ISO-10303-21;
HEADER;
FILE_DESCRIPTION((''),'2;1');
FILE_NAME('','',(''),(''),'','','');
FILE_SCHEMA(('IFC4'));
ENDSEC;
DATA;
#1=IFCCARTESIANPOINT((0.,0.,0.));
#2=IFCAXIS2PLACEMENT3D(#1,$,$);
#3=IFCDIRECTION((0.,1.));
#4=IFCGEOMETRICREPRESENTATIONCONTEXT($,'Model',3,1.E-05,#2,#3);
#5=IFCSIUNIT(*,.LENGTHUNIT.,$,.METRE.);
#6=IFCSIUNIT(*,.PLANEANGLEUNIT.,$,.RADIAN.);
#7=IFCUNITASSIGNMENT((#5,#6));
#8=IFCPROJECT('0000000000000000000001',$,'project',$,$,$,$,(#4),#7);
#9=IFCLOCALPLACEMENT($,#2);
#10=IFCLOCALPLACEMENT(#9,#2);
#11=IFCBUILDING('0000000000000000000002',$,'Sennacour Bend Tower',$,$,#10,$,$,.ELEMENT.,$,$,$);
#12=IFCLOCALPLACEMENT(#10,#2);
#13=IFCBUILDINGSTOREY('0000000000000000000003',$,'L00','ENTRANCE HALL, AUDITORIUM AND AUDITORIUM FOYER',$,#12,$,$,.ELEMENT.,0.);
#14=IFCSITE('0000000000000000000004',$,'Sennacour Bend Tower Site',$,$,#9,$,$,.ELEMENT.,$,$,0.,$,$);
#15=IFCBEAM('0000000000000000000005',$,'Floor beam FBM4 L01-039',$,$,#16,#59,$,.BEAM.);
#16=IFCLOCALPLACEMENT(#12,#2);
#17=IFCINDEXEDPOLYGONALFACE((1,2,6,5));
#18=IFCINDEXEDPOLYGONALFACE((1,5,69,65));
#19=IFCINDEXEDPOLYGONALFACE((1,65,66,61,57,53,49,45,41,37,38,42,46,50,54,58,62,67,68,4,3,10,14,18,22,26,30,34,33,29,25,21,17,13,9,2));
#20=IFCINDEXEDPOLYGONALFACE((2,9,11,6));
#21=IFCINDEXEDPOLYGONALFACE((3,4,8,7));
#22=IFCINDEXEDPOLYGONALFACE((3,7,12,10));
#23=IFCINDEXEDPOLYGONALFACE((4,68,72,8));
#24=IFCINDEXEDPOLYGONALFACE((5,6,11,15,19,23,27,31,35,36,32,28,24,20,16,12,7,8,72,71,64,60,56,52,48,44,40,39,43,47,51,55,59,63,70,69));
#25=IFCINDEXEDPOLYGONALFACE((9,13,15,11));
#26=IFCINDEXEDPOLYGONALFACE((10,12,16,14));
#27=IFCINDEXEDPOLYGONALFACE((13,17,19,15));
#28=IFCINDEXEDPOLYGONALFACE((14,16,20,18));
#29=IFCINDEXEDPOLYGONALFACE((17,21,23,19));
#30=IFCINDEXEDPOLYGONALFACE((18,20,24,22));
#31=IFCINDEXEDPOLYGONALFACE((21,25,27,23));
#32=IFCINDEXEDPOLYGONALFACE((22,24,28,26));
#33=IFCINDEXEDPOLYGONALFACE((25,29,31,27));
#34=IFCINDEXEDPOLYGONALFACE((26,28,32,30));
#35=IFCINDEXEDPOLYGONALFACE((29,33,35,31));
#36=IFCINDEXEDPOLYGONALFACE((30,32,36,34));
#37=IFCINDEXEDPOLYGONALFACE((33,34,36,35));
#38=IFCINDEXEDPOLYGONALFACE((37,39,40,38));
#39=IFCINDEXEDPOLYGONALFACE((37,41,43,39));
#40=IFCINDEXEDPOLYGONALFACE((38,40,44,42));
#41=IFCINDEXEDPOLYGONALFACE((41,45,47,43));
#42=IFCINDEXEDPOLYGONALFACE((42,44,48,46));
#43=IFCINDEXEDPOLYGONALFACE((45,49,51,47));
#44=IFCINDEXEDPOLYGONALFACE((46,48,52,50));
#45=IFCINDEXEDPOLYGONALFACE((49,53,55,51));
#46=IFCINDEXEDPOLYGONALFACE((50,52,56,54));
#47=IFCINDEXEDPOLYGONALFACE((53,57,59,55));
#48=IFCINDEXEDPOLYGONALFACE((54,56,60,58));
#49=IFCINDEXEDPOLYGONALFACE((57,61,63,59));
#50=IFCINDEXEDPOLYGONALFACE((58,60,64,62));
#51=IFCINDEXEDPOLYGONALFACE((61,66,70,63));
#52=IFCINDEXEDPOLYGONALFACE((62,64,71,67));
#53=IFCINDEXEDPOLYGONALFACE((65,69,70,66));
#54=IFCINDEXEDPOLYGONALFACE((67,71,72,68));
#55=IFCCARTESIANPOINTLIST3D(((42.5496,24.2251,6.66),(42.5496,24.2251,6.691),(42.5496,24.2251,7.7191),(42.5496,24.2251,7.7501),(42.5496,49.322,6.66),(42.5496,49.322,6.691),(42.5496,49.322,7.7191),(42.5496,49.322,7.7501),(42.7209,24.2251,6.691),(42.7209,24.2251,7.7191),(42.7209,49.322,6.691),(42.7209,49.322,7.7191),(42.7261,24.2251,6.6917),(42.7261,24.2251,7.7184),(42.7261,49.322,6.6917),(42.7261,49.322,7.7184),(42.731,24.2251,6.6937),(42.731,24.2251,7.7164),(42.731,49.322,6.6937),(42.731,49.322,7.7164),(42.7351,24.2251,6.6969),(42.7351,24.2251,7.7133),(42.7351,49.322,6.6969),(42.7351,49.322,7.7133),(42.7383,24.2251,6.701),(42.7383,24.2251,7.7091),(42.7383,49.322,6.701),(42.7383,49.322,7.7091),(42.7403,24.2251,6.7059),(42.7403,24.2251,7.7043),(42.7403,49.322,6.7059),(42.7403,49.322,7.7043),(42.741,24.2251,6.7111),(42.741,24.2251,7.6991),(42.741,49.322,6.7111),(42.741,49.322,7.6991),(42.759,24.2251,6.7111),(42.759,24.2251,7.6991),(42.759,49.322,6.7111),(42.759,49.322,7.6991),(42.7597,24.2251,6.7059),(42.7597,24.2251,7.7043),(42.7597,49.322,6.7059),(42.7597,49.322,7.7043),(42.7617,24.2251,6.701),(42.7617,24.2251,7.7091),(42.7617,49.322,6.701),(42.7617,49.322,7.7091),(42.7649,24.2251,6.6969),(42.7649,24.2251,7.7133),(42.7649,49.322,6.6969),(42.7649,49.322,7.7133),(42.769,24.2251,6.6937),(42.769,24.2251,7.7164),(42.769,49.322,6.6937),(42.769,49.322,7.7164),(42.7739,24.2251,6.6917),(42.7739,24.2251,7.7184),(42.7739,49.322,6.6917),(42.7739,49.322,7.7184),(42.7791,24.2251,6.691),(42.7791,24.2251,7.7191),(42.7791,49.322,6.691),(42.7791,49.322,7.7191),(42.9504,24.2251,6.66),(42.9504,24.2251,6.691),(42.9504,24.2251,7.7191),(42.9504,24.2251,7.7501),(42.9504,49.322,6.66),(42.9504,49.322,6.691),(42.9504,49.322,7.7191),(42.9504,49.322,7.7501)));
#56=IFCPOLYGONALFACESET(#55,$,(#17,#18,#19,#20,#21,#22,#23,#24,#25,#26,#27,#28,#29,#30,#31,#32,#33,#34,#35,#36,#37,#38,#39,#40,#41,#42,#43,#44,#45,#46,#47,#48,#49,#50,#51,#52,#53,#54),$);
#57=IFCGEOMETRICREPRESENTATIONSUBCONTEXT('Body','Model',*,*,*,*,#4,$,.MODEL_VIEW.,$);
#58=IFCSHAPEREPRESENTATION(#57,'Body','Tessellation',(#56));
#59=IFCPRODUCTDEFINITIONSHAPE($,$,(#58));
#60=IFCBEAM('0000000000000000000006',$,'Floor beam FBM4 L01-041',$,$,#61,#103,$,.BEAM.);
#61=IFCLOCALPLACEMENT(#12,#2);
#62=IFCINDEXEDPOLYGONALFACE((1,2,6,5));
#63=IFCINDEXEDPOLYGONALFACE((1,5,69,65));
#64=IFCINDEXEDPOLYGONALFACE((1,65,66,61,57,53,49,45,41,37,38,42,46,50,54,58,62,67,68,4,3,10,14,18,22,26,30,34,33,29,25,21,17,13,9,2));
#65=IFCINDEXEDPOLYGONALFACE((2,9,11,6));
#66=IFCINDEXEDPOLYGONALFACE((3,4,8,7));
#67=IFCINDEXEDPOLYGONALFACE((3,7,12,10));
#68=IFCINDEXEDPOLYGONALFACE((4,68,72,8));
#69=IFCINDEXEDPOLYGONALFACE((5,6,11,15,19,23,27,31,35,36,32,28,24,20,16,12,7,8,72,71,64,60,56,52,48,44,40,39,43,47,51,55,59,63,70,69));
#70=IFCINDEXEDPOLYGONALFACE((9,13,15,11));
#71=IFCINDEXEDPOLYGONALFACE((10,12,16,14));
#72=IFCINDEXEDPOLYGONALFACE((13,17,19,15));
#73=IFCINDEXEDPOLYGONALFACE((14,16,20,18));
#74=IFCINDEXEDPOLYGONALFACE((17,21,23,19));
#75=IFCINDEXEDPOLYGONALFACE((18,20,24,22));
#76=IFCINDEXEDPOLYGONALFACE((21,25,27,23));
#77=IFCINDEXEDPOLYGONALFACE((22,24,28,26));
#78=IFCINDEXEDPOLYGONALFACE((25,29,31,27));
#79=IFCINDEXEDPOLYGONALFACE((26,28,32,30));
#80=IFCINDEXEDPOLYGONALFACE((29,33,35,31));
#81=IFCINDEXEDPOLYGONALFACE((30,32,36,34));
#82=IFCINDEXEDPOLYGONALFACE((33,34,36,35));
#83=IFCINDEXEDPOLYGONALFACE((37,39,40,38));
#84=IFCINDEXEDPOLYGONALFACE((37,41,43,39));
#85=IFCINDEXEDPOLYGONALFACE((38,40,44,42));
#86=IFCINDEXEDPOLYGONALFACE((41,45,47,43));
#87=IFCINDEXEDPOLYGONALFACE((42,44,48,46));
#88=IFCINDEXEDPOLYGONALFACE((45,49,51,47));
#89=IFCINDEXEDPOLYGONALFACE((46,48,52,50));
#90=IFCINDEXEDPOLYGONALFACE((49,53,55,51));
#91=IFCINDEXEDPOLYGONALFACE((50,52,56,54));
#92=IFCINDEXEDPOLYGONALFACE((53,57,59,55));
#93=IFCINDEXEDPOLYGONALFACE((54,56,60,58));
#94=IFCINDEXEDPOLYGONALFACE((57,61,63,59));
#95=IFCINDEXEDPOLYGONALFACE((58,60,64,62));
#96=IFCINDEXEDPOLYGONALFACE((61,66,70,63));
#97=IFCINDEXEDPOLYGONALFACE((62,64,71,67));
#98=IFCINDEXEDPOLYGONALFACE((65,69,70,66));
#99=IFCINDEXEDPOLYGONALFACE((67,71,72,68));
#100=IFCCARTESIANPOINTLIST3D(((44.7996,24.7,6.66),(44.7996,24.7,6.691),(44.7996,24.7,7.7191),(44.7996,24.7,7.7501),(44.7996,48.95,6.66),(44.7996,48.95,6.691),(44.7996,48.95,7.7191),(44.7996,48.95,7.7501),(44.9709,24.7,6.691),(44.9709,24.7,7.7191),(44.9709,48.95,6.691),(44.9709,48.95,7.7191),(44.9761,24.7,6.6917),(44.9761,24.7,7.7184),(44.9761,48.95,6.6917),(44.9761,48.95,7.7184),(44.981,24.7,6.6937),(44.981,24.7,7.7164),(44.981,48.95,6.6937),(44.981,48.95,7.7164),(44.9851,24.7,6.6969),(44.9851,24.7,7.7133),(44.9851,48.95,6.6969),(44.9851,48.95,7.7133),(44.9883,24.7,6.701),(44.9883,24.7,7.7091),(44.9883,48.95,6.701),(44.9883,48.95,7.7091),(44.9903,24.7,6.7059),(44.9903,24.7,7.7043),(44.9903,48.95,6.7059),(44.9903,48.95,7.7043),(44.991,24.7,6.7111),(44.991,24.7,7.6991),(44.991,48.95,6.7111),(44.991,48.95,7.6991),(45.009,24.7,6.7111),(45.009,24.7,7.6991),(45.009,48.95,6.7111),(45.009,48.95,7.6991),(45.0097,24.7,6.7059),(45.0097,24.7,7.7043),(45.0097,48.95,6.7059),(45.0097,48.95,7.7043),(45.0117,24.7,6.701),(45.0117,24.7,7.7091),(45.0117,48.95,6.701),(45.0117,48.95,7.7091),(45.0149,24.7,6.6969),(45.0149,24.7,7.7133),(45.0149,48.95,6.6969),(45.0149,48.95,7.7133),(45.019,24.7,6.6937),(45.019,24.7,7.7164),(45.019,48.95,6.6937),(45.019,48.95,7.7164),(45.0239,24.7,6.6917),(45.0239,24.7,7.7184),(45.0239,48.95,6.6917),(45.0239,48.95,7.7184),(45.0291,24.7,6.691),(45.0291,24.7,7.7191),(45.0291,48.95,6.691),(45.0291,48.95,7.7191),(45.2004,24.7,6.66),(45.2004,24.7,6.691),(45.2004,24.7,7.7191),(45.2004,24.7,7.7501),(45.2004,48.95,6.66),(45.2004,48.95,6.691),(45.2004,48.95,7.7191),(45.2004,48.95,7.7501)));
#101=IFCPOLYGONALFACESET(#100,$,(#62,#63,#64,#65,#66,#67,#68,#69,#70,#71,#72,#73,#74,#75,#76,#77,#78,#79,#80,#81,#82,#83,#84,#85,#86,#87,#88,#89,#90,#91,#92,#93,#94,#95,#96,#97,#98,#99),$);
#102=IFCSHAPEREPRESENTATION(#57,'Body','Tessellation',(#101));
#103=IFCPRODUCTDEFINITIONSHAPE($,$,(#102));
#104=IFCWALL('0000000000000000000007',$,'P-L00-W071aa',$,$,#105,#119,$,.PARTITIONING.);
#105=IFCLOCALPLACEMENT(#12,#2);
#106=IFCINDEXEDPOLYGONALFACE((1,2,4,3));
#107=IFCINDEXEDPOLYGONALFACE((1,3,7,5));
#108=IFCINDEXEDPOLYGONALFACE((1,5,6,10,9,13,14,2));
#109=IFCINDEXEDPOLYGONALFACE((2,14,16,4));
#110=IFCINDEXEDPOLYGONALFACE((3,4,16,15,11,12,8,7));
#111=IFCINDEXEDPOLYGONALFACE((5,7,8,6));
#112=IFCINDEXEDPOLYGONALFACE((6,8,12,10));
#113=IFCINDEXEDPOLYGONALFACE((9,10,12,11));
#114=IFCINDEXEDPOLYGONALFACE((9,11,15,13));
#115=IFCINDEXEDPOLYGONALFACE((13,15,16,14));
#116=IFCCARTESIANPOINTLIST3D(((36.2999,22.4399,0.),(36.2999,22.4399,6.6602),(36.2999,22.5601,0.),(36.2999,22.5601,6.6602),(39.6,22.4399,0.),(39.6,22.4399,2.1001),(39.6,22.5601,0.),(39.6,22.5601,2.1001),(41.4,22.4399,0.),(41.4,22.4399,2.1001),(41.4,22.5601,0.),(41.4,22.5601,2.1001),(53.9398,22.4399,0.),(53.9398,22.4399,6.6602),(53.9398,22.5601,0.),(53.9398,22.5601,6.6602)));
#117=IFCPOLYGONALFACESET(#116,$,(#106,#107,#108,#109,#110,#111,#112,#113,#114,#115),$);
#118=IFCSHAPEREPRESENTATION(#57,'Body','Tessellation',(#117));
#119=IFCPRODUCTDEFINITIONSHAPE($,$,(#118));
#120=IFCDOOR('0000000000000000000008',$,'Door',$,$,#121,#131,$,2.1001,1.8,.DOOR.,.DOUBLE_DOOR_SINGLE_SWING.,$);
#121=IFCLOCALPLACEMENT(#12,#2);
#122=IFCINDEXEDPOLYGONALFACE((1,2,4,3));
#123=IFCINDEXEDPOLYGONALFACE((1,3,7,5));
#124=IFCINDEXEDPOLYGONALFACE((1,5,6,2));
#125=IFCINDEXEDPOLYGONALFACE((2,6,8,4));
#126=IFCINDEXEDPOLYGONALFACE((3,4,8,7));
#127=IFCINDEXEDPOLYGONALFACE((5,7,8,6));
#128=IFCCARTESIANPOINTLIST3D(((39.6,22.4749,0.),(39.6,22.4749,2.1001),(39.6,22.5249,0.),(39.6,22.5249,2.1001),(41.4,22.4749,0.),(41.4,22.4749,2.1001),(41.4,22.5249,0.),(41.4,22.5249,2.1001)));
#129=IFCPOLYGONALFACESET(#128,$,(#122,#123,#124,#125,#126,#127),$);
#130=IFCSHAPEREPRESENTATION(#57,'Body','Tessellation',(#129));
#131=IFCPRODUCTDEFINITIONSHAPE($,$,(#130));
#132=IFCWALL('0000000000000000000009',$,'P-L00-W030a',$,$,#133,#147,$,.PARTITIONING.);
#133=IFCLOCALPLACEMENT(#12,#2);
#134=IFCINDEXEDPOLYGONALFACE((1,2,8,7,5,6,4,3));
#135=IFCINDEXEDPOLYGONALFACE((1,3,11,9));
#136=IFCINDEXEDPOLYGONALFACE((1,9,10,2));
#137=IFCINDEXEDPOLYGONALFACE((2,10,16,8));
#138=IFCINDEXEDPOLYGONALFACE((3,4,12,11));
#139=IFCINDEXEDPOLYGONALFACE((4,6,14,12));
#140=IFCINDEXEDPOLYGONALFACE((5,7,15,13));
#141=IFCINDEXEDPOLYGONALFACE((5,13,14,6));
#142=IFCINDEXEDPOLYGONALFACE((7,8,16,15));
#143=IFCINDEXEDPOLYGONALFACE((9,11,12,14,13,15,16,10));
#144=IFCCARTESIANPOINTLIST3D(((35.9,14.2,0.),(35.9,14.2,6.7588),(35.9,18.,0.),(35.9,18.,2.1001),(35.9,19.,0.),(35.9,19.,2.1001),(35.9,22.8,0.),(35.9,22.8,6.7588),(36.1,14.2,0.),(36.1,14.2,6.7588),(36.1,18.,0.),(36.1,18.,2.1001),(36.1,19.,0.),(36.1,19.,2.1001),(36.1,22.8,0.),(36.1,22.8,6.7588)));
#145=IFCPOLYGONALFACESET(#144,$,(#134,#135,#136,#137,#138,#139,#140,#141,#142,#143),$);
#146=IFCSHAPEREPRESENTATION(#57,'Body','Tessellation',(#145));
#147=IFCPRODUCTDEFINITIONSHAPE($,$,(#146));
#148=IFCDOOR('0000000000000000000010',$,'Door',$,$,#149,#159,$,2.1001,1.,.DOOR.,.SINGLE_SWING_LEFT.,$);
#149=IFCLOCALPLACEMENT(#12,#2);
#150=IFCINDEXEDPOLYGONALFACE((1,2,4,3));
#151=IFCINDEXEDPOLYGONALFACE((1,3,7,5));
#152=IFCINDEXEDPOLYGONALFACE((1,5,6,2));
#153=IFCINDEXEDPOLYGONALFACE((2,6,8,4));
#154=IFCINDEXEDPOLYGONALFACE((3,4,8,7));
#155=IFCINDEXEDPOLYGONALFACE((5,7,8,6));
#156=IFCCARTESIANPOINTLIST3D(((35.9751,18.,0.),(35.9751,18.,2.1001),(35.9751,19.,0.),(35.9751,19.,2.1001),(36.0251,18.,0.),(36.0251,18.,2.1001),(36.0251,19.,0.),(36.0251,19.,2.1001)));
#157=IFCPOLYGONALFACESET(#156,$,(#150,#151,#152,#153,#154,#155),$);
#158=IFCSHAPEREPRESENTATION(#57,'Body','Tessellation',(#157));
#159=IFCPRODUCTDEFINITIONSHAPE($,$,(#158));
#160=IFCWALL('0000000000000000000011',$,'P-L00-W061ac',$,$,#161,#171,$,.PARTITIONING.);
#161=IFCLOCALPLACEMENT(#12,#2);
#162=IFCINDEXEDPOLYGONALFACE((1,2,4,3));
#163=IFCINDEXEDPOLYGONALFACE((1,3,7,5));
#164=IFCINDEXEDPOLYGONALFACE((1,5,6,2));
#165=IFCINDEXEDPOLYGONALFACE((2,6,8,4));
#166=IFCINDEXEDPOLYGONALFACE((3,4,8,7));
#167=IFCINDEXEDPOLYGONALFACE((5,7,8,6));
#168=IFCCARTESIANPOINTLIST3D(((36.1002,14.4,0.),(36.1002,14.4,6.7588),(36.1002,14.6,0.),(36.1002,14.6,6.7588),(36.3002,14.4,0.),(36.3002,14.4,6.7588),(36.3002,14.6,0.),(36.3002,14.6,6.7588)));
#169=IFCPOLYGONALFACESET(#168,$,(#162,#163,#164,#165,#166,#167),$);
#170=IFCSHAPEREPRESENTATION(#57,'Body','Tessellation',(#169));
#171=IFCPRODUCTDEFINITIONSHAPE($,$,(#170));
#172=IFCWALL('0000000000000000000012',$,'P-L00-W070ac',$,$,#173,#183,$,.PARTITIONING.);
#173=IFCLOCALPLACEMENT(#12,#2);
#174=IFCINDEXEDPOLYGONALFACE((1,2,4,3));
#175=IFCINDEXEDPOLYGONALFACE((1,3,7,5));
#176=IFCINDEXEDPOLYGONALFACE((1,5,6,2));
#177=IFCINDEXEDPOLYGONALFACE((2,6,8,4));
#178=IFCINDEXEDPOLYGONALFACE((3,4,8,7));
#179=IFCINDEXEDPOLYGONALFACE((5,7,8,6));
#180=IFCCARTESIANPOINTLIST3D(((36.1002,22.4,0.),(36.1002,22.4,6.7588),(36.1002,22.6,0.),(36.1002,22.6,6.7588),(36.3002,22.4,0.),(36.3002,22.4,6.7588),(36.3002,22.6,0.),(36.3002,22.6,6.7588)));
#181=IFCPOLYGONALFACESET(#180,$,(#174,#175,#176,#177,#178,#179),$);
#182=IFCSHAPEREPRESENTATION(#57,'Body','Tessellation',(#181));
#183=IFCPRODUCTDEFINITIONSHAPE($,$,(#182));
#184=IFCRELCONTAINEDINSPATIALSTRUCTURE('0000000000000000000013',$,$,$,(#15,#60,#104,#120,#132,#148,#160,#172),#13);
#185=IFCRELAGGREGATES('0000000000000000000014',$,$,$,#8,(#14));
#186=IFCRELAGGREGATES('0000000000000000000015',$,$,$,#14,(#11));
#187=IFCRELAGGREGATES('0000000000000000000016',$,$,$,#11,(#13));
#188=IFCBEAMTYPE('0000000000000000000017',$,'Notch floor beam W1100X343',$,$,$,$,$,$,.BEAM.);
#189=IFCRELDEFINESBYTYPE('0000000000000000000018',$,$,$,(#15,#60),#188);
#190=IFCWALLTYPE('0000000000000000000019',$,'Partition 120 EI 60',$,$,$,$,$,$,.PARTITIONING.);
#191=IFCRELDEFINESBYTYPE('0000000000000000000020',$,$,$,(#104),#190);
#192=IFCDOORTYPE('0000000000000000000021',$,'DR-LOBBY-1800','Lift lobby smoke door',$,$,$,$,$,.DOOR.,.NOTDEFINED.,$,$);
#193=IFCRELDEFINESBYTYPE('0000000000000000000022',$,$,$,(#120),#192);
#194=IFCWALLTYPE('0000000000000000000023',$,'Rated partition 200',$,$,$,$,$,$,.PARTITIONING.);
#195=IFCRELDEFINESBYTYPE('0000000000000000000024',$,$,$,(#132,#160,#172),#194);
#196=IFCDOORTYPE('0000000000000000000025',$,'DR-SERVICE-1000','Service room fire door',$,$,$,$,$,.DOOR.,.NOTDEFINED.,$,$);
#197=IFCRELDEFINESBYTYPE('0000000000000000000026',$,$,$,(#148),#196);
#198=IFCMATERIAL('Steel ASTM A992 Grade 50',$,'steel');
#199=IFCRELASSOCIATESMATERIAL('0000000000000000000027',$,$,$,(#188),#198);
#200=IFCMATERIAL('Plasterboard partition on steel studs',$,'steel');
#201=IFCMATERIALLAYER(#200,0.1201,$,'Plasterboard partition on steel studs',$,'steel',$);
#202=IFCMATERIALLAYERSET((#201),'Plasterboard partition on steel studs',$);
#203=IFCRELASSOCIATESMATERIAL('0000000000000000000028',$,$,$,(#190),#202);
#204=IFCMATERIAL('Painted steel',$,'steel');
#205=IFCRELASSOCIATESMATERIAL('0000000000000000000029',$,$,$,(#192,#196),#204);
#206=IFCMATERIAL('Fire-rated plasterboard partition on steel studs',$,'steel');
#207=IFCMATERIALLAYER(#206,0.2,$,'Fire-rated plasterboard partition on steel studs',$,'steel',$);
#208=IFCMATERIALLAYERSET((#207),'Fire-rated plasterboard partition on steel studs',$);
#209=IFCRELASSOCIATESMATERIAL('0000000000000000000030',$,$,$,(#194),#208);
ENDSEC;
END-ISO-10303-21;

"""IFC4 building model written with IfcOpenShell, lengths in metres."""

from ifc_helpers import new_model, si_unit, direction, frame, frame_2d, origin, origin_2d, place, context, subcontext, project, spatial, rectangle, i_section, extrude, material, layer, layer_set, material_profile, profile_set, type_object, element, fill, save


model = new_model("IFC4")

# Units and contexts
model_context = context("Model", 3, precision=1e-05, world=origin(), true_north=direction((0.0, 1.0)))
body_context = subcontext(model_context, "Body", "Model", "MODEL_VIEW")
ifc_project = project(units=[si_unit("LENGTHUNIT", "METRE"), si_unit("PLANEANGLEUNIT", "RADIAN")], contexts=[model_context])

# Site, building, storey
site_placement = place(None, origin())
site = spatial("IfcSite", under=ifc_project, at=site_placement, Name="Sennacour Bend Tower Site", CompositionType="ELEMENT", RefElevation=0.0)
building_placement = place(site_placement, origin())
building = spatial("IfcBuilding", under=site, at=building_placement, Name="Sennacour Bend Tower", CompositionType="ELEMENT")
storey_placement = place(building_placement, origin())
storey = spatial("IfcBuildingStorey", under=building, at=storey_placement, Name="L00", Description="ENTRANCE HALL, AUDITORIUM AND AUDITORIUM FOYER", CompositionType="ELEMENT", Elevation=0.0)

# Beams
ifc_material_1 = material(Name="Steel ASTM A992 Grade 50", Category="steel")
ifc_material_profile_1 = material_profile(ifc_material_1, i_section(OverallWidth=0.4009, OverallDepth=1.0901, WebThickness=0.0181, FlangeThickness=0.031, FilletRadius=0.02, at=origin_2d()), Name="Steel ASTM A992 Grade 50", Category="steel")
ifc_profile_set_1 = profile_set([ifc_material_profile_1], Name="Steel ASTM A992 Grade 50")
beam_type_1 = type_object("IfcBeamType", Name="Notch floor beam W1100X343", PredefinedType="BEAM", material=ifc_profile_set_1)
beam_1_placement = place(storey_placement, frame((42.75, 24.2251, 7.2051), z_axis=(0.0, 1.0, 0.0), x_axis=(-1.0, 0.0, 0.0)))
element("IfcBeam", 1, at=beam_1_placement, inside=storey, type_object=beam_type_1, Name="Floor beam FBM4 L01-039", PredefinedType="BEAM", context=body_context, shape_type="SweptSolid", body=[
    extrude(i_section(OverallWidth=0.4009, OverallDepth=1.0901, WebThickness=0.0181, FlangeThickness=0.031, FilletRadius=0.02, at=origin_2d()), origin(), (0.0, 0.0, 1.0), 25.0969),
])
beam_2_placement = place(storey_placement, frame((45.0, 24.7, 7.2051), z_axis=(0.0, 1.0, 0.0), x_axis=(-1.0, 0.0, 0.0)))
element("IfcBeam", 2, at=beam_2_placement, inside=storey, type_object=beam_type_1, Name="Floor beam FBM4 L01-041", PredefinedType="BEAM", context=body_context, shape_type="SweptSolid", body=[
    extrude(i_section(OverallWidth=0.4009, OverallDepth=1.0901, WebThickness=0.0181, FlangeThickness=0.031, FilletRadius=0.02, at=origin_2d()), origin(), (0.0, 0.0, 1.0), 24.25),
])

# Walls, openings, doors
ifc_material_2 = material(Name="Plasterboard partition on steel studs", Category="steel")
ifc_layer_1 = layer(ifc_material_2, 0.1201, Name="Plasterboard partition on steel studs", Category="steel")
ifc_layer_set_1 = layer_set([ifc_layer_1], Name="Plasterboard partition on steel studs")
wall_type_1 = type_object("IfcWallType", Name="Partition 120 EI 60", PredefinedType="PARTITIONING", material=ifc_layer_set_1)
wall_1_placement = place(storey_placement, frame((36.3, 22.5, 0.0), z_axis=(0.0, 0.0, 1.0), x_axis=(1.0, 0.0, 0.0)))
wall_1 = element("IfcWall", 3, at=wall_1_placement, inside=storey, type_object=wall_type_1, Name="P-L00-W071aa", PredefinedType="PARTITIONING", context=body_context, shape_type="SweptSolid", body=[
    extrude(rectangle(XDim=17.6399, YDim=0.1201, at=frame_2d((8.8198, 0.0))), origin(), (0.0, 0.0, 1.0), 6.6602),
])
opening_1_placement = place(wall_1_placement, frame((3.3, 0.0, 0.0)))
opening_1 = element("IfcOpeningElement", 4, at=opening_1_placement, cuts=wall_1, PredefinedType="OPENING", context=body_context, shape_type="SweptSolid", body=[
    extrude(rectangle(XDim=1.8, YDim=2.1001, at=frame_2d((0.8999, 1.05))), frame((0.0, 0.0701, 0.0), z_axis=(0.0, -1.0, 0.0), x_axis=(1.0, 0.0, 0.0)), (0.0, 0.0, 1.0), 0.1401),
])
ifc_material_3 = material(Name="Painted steel", Category="steel")
door_type_1 = type_object("IfcDoorType", Name="DR-LOBBY-1800", Description="Lift lobby smoke door", OperationType="NOTDEFINED", PredefinedType="DOOR", material=ifc_material_3)
door_1_placement = place(opening_1_placement, origin())
door_1 = element("IfcDoor", 5, at=door_1_placement, inside=storey, type_object=door_type_1, Name="Door", OperationType="DOUBLE_DOOR_SINGLE_SWING", OverallHeight=2.1001, OverallWidth=1.8, PredefinedType="DOOR", context=body_context, shape_type="SweptSolid", body=[
    extrude(rectangle(XDim=1.8, YDim=2.1001, at=frame_2d((0.8999, 1.05))), frame((0.0, 0.0249, 0.0), z_axis=(0.0, -1.0, 0.0), x_axis=(1.0, 0.0, 0.0)), (0.0, 0.0, 1.0), 0.05),
])
fill(opening_1, door_1)
ifc_material_4 = material(Name="Fire-rated plasterboard partition on steel studs", Category="steel")
ifc_layer_2 = layer(ifc_material_4, 0.2, Name="Fire-rated plasterboard partition on steel studs", Category="steel")
ifc_layer_set_2 = layer_set([ifc_layer_2], Name="Fire-rated plasterboard partition on steel studs")
wall_type_2 = type_object("IfcWallType", Name="Rated partition 200", PredefinedType="PARTITIONING", material=ifc_layer_set_2)
wall_2_placement = place(storey_placement, frame((36.0, 14.2, 0.0), z_axis=(0.0, 0.0, 1.0), x_axis=(0.0, 1.0, 0.0)))
wall_2 = element("IfcWall", 6, at=wall_2_placement, inside=storey, type_object=wall_type_2, Name="P-L00-W030a", PredefinedType="PARTITIONING", context=body_context, shape_type="SweptSolid", body=[
    extrude(rectangle(XDim=8.6001, YDim=0.2, at=frame_2d((4.3, 0.0))), origin(), (0.0, 0.0, 1.0), 6.7588),
])
opening_2_placement = place(wall_2_placement, frame((3.8, 0.0, 0.0)))
opening_2 = element("IfcOpeningElement", 7, at=opening_2_placement, cuts=wall_2, PredefinedType="OPENING", context=body_context, shape_type="SweptSolid", body=[
    extrude(rectangle(XDim=1.0, YDim=2.1001, at=frame_2d((0.5, 1.05))), frame((0.0, 0.1099, 0.0), z_axis=(0.0, -1.0, 0.0), x_axis=(1.0, 0.0, 0.0)), (0.0, 0.0, 1.0), 0.22),
])
door_type_2 = type_object("IfcDoorType", Name="DR-SERVICE-1000", Description="Service room fire door", OperationType="NOTDEFINED", PredefinedType="DOOR", material=ifc_material_3)
door_2_placement = place(opening_2_placement, origin())
door_2 = element("IfcDoor", 8, at=door_2_placement, inside=storey, type_object=door_type_2, Name="Door", OperationType="SINGLE_SWING_LEFT", OverallHeight=2.1001, OverallWidth=1.0, PredefinedType="DOOR", context=body_context, shape_type="SweptSolid", body=[
    extrude(rectangle(XDim=1.0, YDim=2.1001, at=frame_2d((0.5, 1.05))), frame((0.0, 0.0249, 0.0), z_axis=(0.0, -1.0, 0.0), x_axis=(1.0, 0.0, 0.0)), (0.0, 0.0, 1.0), 0.05),
])
fill(opening_2, door_2)

# Walls
for number, where, z_axis, x_axis, name in (
    (9, (36.1001, 14.5, 0.0), (0.0, 0.0, 1.0), (1.0, 0.0, 0.0), "P-L00-W061ac"),
    (10, (36.1001, 22.5, 0.0), (0.0, 0.0, 1.0), (1.0, 0.0, 0.0), "P-L00-W070ac"),
):
    element("IfcWall", number, at=place(storey_placement, frame(where, z_axis=z_axis, x_axis=x_axis)), inside=storey, type_object=wall_type_2, Name=name, PredefinedType="PARTITIONING", context=body_context, shape_type="SweptSolid", body=[
        extrude(rectangle(XDim=0.2, YDim=0.2, at=frame_2d((0.1001, 0.0))), origin(), (0.0, 0.0, 1.0), 6.7588),
    ])

save(model, "model.ifc")
